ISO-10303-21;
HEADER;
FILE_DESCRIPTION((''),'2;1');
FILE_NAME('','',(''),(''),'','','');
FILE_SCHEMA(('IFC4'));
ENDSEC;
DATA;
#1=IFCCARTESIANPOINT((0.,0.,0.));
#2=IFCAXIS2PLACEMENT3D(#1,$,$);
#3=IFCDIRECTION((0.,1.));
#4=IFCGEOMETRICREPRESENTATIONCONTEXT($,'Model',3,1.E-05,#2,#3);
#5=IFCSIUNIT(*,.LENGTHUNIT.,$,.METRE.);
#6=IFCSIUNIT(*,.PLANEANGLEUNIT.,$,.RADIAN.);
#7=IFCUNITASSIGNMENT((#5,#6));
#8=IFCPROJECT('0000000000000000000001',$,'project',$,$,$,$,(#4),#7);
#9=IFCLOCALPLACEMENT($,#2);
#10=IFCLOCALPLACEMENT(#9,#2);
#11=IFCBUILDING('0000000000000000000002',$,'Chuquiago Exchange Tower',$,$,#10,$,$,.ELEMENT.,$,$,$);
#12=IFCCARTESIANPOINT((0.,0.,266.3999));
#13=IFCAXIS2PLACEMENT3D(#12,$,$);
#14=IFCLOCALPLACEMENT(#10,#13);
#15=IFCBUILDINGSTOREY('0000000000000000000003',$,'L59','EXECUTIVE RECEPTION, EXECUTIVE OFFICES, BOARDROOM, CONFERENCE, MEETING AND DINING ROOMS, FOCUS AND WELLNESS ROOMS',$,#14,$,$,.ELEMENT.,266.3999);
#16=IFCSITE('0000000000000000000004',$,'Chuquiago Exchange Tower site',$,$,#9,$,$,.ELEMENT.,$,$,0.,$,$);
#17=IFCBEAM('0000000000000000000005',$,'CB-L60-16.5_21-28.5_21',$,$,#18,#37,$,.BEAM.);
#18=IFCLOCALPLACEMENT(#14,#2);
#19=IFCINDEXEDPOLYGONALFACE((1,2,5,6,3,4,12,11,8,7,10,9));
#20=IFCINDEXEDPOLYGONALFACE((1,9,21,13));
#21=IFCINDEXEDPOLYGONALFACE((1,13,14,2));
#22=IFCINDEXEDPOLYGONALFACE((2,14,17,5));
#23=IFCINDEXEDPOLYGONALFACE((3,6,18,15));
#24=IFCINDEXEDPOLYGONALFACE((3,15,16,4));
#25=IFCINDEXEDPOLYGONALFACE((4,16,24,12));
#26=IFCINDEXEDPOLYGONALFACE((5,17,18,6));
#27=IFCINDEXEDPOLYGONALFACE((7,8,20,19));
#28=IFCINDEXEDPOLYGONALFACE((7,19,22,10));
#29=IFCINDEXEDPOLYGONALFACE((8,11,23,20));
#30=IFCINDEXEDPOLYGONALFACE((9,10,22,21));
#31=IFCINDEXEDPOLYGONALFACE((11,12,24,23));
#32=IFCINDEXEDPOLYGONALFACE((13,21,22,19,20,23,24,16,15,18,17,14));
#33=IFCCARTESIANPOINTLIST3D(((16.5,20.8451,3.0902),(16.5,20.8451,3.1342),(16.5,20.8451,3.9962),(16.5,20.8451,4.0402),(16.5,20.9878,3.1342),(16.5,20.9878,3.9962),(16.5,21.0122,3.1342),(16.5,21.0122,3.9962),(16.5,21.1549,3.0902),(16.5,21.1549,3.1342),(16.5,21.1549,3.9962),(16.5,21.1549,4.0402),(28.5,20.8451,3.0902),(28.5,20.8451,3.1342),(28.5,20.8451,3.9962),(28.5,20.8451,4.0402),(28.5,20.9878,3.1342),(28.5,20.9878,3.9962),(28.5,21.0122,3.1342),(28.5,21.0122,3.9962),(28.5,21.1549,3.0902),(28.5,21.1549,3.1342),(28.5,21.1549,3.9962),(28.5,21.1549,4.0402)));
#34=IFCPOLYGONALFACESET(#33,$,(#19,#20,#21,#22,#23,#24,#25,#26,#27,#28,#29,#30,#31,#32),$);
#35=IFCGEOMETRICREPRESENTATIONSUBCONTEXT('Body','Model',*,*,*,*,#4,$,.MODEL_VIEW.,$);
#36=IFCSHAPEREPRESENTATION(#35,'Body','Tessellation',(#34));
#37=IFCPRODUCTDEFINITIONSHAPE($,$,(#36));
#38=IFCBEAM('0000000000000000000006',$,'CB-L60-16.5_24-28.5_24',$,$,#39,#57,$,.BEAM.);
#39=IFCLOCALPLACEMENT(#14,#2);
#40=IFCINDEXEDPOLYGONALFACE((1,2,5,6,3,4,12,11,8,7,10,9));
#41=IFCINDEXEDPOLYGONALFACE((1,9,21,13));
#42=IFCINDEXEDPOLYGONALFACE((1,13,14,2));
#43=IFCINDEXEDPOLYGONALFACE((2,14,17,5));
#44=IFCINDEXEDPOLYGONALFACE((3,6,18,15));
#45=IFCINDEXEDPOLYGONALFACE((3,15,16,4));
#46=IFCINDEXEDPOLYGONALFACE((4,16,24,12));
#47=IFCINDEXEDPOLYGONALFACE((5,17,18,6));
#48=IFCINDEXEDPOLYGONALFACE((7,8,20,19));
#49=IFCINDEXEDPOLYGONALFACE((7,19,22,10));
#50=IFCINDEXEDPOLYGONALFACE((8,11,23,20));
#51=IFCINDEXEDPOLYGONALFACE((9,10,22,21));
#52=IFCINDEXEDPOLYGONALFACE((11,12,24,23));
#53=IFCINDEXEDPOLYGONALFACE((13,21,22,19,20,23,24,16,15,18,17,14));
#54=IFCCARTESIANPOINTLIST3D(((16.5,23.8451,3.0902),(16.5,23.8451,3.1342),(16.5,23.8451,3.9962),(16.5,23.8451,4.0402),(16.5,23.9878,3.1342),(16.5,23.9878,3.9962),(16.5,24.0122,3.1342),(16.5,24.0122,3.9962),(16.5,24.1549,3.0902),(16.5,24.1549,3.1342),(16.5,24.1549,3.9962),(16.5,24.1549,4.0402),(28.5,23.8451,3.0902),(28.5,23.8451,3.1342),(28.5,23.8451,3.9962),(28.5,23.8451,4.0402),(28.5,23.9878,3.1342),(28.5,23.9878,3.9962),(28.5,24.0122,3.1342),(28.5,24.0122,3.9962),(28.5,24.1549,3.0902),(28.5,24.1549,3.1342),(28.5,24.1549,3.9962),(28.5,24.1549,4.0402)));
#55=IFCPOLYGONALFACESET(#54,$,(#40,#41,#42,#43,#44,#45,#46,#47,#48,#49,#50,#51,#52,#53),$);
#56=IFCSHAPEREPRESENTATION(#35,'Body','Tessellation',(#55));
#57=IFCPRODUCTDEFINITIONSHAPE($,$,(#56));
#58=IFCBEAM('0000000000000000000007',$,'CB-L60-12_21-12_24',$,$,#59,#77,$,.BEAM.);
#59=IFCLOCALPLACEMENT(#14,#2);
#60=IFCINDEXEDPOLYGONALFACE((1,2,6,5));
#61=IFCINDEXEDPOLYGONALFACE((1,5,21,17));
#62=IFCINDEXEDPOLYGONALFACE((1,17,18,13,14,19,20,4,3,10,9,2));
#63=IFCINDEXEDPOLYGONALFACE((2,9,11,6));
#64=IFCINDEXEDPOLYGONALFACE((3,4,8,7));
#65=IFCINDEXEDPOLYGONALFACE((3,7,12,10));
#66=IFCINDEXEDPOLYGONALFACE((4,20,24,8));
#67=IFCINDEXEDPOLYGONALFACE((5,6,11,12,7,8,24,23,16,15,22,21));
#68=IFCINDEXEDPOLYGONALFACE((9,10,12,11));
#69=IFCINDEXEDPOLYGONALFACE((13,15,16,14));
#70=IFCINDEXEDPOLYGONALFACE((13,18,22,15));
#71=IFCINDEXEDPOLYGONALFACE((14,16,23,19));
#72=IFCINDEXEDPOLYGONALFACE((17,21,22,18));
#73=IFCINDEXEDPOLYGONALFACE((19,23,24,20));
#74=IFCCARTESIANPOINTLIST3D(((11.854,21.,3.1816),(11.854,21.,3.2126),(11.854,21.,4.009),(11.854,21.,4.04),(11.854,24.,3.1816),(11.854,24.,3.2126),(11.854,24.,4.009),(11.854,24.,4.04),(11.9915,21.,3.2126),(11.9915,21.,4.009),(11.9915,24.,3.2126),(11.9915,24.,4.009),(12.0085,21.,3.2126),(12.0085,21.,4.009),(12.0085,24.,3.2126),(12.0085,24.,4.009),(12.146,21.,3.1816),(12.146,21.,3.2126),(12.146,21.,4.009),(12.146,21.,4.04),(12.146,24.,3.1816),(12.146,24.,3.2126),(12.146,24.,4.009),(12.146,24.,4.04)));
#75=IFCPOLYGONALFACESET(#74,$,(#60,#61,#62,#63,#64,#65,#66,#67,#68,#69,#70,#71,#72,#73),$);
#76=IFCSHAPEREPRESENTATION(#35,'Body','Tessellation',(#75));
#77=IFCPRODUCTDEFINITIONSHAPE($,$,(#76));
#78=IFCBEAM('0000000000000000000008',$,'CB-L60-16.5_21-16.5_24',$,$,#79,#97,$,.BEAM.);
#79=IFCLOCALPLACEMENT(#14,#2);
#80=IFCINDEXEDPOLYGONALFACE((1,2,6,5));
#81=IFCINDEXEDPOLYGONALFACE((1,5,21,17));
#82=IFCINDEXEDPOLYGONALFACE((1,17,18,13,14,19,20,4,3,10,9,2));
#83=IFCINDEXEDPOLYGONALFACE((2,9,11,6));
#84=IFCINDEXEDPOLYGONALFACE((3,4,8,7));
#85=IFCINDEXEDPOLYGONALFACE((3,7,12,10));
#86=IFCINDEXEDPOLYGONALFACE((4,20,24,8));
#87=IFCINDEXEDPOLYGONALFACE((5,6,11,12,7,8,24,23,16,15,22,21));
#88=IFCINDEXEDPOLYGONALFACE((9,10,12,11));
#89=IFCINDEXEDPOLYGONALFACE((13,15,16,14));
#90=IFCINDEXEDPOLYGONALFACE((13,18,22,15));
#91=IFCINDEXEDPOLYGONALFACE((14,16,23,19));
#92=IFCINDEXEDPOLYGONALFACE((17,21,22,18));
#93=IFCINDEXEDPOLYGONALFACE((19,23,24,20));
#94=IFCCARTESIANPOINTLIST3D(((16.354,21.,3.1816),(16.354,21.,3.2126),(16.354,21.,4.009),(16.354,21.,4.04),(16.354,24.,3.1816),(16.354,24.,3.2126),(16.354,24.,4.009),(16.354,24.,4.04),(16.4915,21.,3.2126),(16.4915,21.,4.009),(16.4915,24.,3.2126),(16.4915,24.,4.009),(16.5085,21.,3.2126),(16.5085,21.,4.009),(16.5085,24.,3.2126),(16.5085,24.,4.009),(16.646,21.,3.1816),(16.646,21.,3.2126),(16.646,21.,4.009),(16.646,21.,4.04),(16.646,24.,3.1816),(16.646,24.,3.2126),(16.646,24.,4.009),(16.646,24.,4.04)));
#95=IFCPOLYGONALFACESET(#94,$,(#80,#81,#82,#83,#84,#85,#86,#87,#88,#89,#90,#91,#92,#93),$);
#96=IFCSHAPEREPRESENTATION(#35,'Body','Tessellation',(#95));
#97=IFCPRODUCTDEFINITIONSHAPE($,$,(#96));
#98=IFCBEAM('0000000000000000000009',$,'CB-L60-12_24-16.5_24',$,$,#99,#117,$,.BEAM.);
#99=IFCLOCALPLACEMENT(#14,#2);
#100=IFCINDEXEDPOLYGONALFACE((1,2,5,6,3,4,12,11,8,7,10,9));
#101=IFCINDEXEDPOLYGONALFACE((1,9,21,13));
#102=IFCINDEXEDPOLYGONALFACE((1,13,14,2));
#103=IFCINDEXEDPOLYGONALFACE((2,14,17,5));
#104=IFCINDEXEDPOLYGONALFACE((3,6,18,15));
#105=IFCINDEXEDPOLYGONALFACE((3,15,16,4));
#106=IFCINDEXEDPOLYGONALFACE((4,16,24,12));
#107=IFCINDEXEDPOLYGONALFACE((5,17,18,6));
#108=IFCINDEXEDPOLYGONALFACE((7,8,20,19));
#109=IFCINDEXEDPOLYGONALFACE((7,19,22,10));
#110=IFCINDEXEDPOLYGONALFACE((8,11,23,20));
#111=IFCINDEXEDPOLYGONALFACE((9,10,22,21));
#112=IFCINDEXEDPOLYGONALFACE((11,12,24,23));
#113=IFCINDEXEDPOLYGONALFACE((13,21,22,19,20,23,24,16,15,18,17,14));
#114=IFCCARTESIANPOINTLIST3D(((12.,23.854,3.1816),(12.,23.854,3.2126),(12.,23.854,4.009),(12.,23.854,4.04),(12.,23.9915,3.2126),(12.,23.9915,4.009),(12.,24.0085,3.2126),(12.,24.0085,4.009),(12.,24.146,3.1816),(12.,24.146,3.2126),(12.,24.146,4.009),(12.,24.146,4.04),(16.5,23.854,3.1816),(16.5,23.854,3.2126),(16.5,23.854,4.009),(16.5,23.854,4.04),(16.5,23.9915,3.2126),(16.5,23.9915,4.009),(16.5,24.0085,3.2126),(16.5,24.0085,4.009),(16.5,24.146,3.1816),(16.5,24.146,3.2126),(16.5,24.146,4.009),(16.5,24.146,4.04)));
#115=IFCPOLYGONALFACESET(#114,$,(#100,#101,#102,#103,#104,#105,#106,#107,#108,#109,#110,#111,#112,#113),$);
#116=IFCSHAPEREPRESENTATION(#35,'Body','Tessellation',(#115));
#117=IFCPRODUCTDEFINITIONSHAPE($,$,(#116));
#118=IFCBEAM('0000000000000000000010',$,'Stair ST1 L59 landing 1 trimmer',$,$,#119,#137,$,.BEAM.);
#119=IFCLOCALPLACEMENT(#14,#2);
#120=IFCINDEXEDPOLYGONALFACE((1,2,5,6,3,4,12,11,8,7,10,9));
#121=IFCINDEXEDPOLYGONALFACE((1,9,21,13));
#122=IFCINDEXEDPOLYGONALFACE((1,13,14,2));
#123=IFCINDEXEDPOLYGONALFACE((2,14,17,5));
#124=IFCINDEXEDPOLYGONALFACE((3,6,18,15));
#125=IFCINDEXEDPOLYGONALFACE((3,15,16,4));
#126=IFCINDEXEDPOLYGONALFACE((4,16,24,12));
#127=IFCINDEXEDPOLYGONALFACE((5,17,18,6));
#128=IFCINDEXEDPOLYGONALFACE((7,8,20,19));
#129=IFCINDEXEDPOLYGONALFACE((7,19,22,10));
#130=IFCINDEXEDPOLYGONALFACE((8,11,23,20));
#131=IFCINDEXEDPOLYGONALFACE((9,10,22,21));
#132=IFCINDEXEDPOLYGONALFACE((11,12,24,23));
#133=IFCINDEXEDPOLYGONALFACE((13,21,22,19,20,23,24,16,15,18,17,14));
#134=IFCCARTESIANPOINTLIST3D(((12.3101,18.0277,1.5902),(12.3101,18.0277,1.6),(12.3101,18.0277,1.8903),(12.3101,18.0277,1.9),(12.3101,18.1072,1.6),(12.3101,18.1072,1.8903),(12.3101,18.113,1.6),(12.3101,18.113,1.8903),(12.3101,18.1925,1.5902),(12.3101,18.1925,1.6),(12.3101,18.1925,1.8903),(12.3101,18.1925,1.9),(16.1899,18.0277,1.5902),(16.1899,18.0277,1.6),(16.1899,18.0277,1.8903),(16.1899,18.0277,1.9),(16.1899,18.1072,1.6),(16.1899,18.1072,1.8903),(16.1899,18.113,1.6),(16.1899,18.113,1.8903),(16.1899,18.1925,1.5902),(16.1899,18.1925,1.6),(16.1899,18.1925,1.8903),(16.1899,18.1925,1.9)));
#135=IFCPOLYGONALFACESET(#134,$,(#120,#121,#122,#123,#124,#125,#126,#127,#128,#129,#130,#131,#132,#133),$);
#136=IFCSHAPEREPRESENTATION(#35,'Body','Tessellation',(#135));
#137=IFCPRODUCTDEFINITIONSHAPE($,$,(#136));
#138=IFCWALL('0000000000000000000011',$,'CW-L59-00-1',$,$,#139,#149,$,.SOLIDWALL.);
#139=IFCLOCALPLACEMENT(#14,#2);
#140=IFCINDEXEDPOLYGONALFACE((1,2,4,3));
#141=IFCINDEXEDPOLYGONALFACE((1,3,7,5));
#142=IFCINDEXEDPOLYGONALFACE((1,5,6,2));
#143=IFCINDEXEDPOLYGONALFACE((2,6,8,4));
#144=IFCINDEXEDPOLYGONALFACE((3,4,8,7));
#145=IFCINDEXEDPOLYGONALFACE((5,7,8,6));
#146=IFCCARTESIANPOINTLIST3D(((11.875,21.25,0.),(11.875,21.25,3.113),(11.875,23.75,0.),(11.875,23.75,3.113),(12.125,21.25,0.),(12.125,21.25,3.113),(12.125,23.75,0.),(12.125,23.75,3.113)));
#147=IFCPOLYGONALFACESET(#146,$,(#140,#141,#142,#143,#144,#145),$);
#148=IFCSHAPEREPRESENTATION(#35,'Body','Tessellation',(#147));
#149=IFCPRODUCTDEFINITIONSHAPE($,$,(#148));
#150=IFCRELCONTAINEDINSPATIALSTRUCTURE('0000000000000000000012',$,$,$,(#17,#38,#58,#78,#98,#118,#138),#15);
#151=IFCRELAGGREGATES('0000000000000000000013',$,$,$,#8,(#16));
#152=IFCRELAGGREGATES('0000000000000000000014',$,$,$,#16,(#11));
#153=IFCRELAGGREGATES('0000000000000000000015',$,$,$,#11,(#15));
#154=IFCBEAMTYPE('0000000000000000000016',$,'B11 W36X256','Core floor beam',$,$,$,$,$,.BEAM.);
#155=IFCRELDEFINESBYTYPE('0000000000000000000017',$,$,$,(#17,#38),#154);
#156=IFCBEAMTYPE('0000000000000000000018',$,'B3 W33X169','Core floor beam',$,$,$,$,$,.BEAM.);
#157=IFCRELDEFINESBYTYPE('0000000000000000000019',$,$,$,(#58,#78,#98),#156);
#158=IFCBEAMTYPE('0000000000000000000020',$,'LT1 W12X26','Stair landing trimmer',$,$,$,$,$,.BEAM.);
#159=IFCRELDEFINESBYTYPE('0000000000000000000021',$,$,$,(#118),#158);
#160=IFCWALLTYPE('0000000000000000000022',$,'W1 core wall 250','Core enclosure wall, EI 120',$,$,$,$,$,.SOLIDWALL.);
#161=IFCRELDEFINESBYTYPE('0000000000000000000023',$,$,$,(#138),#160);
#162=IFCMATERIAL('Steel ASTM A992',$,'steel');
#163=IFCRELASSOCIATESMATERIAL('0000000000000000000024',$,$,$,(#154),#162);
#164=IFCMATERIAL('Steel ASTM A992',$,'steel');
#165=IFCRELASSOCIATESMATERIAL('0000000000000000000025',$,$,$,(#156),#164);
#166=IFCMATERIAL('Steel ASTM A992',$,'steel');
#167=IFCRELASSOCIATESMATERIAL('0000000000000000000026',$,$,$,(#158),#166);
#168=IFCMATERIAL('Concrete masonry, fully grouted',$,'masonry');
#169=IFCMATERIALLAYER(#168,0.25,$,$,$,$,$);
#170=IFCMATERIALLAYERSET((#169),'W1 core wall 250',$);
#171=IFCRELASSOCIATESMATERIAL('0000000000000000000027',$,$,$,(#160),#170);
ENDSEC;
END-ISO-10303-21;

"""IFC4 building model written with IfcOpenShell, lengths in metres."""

from ifc_helpers import new_model, si_unit, direction, frame, frame_2d, origin, origin_2d, place, context, subcontext, project, spatial, rectangle, i_section, extrude, material, layer, layer_set, material_profile, profile_set, type_object, element, save


model = new_model("IFC4")

# Units and contexts
model_context = context("Model", 3, precision=1e-05, world=origin(), true_north=direction((0.0, 1.0)))
body_context = subcontext(model_context, "Body", "Model", "MODEL_VIEW")
ifc_project = project(units=[si_unit("LENGTHUNIT", "METRE"), si_unit("PLANEANGLEUNIT", "RADIAN")], contexts=[model_context])

# Site, building, storey
site_placement = place(None, origin())
site = spatial("IfcSite", under=ifc_project, at=site_placement, Name="Chuquiago Exchange Tower site", CompositionType="ELEMENT", RefElevation=0.0)
building_placement = place(site_placement, origin())
building = spatial("IfcBuilding", under=site, at=building_placement, Name="Chuquiago Exchange Tower", CompositionType="ELEMENT")
storey_placement = place(building_placement, frame((0.0, 0.0, 266.3999)))
storey = spatial("IfcBuildingStorey", under=building, at=storey_placement, Name="L59", Description="EXECUTIVE RECEPTION, EXECUTIVE OFFICES, BOARDROOM, CONFERENCE, MEETING AND DINING ROOMS, FOCUS AND WELLNESS ROOMS", CompositionType="ELEMENT", Elevation=266.3999)

# Beams
ifc_material_1 = material(Name="Steel ASTM A992", Category="steel")
ifc_material_profile_1 = material_profile(ifc_material_1, i_section(OverallWidth=0.3098, OverallDepth=0.95, WebThickness=0.0244, FlangeThickness=0.0439, at=origin_2d()), Name="W36X256")
ifc_profile_set_1 = profile_set([ifc_material_profile_1], Name="Steel ASTM A992")
beam_type_1 = type_object("IfcBeamType", Name="B11 W36X256", Description="Core floor beam", PredefinedType="BEAM", material=ifc_profile_set_1)
for number, where, z_axis, x_axis, name in (
    (1, (16.5, 21.0, 3.5652), (1.0, 0.0, 0.0), (0.0, 1.0, 0.0), "CB-L60-16.5_21-28.5_21"),
    (2, (16.5, 24.0, 3.5652), (1.0, 0.0, 0.0), (0.0, 1.0, 0.0), "CB-L60-16.5_24-28.5_24"),
):
    element("IfcBeam", number, at=place(storey_placement, frame(where, z_axis=z_axis, x_axis=x_axis)), inside=storey, type_object=beam_type_1, Name=name, PredefinedType="BEAM", context=body_context, shape_type="SweptSolid", body=[
        extrude(i_section(OverallWidth=0.3098, OverallDepth=0.95, WebThickness=0.0244, FlangeThickness=0.0439, at=origin_2d()), origin(), (0.0, 0.0, 1.0), 12.0),
    ])
ifc_material_2 = material(Name="Steel ASTM A992", Category="steel")
ifc_material_profile_2 = material_profile(ifc_material_2, i_section(OverallWidth=0.292, OverallDepth=0.8584, WebThickness=0.0171, FlangeThickness=0.031, at=origin_2d()), Name="W33X169")
ifc_profile_set_2 = profile_set([ifc_material_profile_2], Name="Steel ASTM A992")
beam_type_2 = type_object("IfcBeamType", Name="B3 W33X169", Description="Core floor beam", PredefinedType="BEAM", material=ifc_profile_set_2)
for number, where, z_axis, x_axis, name in (
    (3, (12.0, 21.0, 3.6108), (0.0, 1.0, 0.0), (-1.0, 0.0, 0.0), "CB-L60-12_21-12_24"),
    (4, (16.5, 21.0, 3.6108), (0.0, 1.0, 0.0), (-1.0, 0.0, 0.0), "CB-L60-16.5_21-16.5_24"),
):
    element("IfcBeam", number, at=place(storey_placement, frame(where, z_axis=z_axis, x_axis=x_axis)), inside=storey, type_object=beam_type_2, Name=name, PredefinedType="BEAM", context=body_context, shape_type="SweptSolid", body=[
        extrude(i_section(OverallWidth=0.292, OverallDepth=0.8584, WebThickness=0.0171, FlangeThickness=0.031, at=origin_2d()), origin(), (0.0, 0.0, 1.0), 3.0),
    ])
beam_1_placement = place(storey_placement, frame((12.0, 24.0, 3.6108), z_axis=(1.0, 0.0, 0.0), x_axis=(0.0, 1.0, 0.0)))
element("IfcBeam", 5, at=beam_1_placement, inside=storey, type_object=beam_type_2, Name="CB-L60-12_24-16.5_24", PredefinedType="BEAM", context=body_context, shape_type="SweptSolid", body=[
    extrude(i_section(OverallWidth=0.292, OverallDepth=0.8584, WebThickness=0.0171, FlangeThickness=0.031, at=origin_2d()), origin(), (0.0, 0.0, 1.0), 4.5),
])
ifc_material_3 = material(Name="Steel ASTM A992", Category="steel")
ifc_material_profile_3 = material_profile(ifc_material_3, i_section(OverallWidth=0.1648, OverallDepth=0.3098, WebThickness=0.0059, FlangeThickness=0.0098, at=origin_2d()), Name="W12X26")
ifc_profile_set_3 = profile_set([ifc_material_profile_3], Name="Steel ASTM A992")
beam_type_3 = type_object("IfcBeamType", Name="LT1 W12X26", Description="Stair landing trimmer", PredefinedType="BEAM", material=ifc_profile_set_3)
beam_2_placement = place(storey_placement, frame((12.3101, 18.1101, 1.7451), z_axis=(1.0, 0.0, 0.0), x_axis=(0.0, 1.0, 0.0)))
element("IfcBeam", 6, at=beam_2_placement, inside=storey, type_object=beam_type_3, Name="Stair ST1 L59 landing 1 trimmer", PredefinedType="BEAM", context=body_context, shape_type="SweptSolid", body=[
    extrude(i_section(OverallWidth=0.1648, OverallDepth=0.3098, WebThickness=0.0059, FlangeThickness=0.0098, at=origin_2d()), origin(), (0.0, 0.0, 1.0), 3.8799),
])

# Wall
ifc_material_4 = material(Name="Concrete masonry, fully grouted", Category="masonry")
ifc_layer_1 = layer(ifc_material_4, 0.25)
ifc_layer_set_1 = layer_set([ifc_layer_1], Name="W1 core wall 250")
wall_type_1 = type_object("IfcWallType", Name="W1 core wall 250", Description="Core enclosure wall, EI 120", PredefinedType="SOLIDWALL", material=ifc_layer_set_1)
wall_1_placement = place(storey_placement, frame((12.0, 21.25, 0.0), z_axis=(0.0, 0.0, 1.0), x_axis=(0.0, 1.0, 0.0)))
element("IfcWall", 7, at=wall_1_placement, inside=storey, type_object=wall_type_1, Name="CW-L59-00-1", PredefinedType="SOLIDWALL", context=body_context, shape_type="SweptSolid", body=[
    extrude(rectangle(XDim=2.5, YDim=0.25, at=frame_2d((1.25, 0.0))), origin(), (0.0, 0.0, 1.0), 3.113),
])

save(model, "model.ifc")
